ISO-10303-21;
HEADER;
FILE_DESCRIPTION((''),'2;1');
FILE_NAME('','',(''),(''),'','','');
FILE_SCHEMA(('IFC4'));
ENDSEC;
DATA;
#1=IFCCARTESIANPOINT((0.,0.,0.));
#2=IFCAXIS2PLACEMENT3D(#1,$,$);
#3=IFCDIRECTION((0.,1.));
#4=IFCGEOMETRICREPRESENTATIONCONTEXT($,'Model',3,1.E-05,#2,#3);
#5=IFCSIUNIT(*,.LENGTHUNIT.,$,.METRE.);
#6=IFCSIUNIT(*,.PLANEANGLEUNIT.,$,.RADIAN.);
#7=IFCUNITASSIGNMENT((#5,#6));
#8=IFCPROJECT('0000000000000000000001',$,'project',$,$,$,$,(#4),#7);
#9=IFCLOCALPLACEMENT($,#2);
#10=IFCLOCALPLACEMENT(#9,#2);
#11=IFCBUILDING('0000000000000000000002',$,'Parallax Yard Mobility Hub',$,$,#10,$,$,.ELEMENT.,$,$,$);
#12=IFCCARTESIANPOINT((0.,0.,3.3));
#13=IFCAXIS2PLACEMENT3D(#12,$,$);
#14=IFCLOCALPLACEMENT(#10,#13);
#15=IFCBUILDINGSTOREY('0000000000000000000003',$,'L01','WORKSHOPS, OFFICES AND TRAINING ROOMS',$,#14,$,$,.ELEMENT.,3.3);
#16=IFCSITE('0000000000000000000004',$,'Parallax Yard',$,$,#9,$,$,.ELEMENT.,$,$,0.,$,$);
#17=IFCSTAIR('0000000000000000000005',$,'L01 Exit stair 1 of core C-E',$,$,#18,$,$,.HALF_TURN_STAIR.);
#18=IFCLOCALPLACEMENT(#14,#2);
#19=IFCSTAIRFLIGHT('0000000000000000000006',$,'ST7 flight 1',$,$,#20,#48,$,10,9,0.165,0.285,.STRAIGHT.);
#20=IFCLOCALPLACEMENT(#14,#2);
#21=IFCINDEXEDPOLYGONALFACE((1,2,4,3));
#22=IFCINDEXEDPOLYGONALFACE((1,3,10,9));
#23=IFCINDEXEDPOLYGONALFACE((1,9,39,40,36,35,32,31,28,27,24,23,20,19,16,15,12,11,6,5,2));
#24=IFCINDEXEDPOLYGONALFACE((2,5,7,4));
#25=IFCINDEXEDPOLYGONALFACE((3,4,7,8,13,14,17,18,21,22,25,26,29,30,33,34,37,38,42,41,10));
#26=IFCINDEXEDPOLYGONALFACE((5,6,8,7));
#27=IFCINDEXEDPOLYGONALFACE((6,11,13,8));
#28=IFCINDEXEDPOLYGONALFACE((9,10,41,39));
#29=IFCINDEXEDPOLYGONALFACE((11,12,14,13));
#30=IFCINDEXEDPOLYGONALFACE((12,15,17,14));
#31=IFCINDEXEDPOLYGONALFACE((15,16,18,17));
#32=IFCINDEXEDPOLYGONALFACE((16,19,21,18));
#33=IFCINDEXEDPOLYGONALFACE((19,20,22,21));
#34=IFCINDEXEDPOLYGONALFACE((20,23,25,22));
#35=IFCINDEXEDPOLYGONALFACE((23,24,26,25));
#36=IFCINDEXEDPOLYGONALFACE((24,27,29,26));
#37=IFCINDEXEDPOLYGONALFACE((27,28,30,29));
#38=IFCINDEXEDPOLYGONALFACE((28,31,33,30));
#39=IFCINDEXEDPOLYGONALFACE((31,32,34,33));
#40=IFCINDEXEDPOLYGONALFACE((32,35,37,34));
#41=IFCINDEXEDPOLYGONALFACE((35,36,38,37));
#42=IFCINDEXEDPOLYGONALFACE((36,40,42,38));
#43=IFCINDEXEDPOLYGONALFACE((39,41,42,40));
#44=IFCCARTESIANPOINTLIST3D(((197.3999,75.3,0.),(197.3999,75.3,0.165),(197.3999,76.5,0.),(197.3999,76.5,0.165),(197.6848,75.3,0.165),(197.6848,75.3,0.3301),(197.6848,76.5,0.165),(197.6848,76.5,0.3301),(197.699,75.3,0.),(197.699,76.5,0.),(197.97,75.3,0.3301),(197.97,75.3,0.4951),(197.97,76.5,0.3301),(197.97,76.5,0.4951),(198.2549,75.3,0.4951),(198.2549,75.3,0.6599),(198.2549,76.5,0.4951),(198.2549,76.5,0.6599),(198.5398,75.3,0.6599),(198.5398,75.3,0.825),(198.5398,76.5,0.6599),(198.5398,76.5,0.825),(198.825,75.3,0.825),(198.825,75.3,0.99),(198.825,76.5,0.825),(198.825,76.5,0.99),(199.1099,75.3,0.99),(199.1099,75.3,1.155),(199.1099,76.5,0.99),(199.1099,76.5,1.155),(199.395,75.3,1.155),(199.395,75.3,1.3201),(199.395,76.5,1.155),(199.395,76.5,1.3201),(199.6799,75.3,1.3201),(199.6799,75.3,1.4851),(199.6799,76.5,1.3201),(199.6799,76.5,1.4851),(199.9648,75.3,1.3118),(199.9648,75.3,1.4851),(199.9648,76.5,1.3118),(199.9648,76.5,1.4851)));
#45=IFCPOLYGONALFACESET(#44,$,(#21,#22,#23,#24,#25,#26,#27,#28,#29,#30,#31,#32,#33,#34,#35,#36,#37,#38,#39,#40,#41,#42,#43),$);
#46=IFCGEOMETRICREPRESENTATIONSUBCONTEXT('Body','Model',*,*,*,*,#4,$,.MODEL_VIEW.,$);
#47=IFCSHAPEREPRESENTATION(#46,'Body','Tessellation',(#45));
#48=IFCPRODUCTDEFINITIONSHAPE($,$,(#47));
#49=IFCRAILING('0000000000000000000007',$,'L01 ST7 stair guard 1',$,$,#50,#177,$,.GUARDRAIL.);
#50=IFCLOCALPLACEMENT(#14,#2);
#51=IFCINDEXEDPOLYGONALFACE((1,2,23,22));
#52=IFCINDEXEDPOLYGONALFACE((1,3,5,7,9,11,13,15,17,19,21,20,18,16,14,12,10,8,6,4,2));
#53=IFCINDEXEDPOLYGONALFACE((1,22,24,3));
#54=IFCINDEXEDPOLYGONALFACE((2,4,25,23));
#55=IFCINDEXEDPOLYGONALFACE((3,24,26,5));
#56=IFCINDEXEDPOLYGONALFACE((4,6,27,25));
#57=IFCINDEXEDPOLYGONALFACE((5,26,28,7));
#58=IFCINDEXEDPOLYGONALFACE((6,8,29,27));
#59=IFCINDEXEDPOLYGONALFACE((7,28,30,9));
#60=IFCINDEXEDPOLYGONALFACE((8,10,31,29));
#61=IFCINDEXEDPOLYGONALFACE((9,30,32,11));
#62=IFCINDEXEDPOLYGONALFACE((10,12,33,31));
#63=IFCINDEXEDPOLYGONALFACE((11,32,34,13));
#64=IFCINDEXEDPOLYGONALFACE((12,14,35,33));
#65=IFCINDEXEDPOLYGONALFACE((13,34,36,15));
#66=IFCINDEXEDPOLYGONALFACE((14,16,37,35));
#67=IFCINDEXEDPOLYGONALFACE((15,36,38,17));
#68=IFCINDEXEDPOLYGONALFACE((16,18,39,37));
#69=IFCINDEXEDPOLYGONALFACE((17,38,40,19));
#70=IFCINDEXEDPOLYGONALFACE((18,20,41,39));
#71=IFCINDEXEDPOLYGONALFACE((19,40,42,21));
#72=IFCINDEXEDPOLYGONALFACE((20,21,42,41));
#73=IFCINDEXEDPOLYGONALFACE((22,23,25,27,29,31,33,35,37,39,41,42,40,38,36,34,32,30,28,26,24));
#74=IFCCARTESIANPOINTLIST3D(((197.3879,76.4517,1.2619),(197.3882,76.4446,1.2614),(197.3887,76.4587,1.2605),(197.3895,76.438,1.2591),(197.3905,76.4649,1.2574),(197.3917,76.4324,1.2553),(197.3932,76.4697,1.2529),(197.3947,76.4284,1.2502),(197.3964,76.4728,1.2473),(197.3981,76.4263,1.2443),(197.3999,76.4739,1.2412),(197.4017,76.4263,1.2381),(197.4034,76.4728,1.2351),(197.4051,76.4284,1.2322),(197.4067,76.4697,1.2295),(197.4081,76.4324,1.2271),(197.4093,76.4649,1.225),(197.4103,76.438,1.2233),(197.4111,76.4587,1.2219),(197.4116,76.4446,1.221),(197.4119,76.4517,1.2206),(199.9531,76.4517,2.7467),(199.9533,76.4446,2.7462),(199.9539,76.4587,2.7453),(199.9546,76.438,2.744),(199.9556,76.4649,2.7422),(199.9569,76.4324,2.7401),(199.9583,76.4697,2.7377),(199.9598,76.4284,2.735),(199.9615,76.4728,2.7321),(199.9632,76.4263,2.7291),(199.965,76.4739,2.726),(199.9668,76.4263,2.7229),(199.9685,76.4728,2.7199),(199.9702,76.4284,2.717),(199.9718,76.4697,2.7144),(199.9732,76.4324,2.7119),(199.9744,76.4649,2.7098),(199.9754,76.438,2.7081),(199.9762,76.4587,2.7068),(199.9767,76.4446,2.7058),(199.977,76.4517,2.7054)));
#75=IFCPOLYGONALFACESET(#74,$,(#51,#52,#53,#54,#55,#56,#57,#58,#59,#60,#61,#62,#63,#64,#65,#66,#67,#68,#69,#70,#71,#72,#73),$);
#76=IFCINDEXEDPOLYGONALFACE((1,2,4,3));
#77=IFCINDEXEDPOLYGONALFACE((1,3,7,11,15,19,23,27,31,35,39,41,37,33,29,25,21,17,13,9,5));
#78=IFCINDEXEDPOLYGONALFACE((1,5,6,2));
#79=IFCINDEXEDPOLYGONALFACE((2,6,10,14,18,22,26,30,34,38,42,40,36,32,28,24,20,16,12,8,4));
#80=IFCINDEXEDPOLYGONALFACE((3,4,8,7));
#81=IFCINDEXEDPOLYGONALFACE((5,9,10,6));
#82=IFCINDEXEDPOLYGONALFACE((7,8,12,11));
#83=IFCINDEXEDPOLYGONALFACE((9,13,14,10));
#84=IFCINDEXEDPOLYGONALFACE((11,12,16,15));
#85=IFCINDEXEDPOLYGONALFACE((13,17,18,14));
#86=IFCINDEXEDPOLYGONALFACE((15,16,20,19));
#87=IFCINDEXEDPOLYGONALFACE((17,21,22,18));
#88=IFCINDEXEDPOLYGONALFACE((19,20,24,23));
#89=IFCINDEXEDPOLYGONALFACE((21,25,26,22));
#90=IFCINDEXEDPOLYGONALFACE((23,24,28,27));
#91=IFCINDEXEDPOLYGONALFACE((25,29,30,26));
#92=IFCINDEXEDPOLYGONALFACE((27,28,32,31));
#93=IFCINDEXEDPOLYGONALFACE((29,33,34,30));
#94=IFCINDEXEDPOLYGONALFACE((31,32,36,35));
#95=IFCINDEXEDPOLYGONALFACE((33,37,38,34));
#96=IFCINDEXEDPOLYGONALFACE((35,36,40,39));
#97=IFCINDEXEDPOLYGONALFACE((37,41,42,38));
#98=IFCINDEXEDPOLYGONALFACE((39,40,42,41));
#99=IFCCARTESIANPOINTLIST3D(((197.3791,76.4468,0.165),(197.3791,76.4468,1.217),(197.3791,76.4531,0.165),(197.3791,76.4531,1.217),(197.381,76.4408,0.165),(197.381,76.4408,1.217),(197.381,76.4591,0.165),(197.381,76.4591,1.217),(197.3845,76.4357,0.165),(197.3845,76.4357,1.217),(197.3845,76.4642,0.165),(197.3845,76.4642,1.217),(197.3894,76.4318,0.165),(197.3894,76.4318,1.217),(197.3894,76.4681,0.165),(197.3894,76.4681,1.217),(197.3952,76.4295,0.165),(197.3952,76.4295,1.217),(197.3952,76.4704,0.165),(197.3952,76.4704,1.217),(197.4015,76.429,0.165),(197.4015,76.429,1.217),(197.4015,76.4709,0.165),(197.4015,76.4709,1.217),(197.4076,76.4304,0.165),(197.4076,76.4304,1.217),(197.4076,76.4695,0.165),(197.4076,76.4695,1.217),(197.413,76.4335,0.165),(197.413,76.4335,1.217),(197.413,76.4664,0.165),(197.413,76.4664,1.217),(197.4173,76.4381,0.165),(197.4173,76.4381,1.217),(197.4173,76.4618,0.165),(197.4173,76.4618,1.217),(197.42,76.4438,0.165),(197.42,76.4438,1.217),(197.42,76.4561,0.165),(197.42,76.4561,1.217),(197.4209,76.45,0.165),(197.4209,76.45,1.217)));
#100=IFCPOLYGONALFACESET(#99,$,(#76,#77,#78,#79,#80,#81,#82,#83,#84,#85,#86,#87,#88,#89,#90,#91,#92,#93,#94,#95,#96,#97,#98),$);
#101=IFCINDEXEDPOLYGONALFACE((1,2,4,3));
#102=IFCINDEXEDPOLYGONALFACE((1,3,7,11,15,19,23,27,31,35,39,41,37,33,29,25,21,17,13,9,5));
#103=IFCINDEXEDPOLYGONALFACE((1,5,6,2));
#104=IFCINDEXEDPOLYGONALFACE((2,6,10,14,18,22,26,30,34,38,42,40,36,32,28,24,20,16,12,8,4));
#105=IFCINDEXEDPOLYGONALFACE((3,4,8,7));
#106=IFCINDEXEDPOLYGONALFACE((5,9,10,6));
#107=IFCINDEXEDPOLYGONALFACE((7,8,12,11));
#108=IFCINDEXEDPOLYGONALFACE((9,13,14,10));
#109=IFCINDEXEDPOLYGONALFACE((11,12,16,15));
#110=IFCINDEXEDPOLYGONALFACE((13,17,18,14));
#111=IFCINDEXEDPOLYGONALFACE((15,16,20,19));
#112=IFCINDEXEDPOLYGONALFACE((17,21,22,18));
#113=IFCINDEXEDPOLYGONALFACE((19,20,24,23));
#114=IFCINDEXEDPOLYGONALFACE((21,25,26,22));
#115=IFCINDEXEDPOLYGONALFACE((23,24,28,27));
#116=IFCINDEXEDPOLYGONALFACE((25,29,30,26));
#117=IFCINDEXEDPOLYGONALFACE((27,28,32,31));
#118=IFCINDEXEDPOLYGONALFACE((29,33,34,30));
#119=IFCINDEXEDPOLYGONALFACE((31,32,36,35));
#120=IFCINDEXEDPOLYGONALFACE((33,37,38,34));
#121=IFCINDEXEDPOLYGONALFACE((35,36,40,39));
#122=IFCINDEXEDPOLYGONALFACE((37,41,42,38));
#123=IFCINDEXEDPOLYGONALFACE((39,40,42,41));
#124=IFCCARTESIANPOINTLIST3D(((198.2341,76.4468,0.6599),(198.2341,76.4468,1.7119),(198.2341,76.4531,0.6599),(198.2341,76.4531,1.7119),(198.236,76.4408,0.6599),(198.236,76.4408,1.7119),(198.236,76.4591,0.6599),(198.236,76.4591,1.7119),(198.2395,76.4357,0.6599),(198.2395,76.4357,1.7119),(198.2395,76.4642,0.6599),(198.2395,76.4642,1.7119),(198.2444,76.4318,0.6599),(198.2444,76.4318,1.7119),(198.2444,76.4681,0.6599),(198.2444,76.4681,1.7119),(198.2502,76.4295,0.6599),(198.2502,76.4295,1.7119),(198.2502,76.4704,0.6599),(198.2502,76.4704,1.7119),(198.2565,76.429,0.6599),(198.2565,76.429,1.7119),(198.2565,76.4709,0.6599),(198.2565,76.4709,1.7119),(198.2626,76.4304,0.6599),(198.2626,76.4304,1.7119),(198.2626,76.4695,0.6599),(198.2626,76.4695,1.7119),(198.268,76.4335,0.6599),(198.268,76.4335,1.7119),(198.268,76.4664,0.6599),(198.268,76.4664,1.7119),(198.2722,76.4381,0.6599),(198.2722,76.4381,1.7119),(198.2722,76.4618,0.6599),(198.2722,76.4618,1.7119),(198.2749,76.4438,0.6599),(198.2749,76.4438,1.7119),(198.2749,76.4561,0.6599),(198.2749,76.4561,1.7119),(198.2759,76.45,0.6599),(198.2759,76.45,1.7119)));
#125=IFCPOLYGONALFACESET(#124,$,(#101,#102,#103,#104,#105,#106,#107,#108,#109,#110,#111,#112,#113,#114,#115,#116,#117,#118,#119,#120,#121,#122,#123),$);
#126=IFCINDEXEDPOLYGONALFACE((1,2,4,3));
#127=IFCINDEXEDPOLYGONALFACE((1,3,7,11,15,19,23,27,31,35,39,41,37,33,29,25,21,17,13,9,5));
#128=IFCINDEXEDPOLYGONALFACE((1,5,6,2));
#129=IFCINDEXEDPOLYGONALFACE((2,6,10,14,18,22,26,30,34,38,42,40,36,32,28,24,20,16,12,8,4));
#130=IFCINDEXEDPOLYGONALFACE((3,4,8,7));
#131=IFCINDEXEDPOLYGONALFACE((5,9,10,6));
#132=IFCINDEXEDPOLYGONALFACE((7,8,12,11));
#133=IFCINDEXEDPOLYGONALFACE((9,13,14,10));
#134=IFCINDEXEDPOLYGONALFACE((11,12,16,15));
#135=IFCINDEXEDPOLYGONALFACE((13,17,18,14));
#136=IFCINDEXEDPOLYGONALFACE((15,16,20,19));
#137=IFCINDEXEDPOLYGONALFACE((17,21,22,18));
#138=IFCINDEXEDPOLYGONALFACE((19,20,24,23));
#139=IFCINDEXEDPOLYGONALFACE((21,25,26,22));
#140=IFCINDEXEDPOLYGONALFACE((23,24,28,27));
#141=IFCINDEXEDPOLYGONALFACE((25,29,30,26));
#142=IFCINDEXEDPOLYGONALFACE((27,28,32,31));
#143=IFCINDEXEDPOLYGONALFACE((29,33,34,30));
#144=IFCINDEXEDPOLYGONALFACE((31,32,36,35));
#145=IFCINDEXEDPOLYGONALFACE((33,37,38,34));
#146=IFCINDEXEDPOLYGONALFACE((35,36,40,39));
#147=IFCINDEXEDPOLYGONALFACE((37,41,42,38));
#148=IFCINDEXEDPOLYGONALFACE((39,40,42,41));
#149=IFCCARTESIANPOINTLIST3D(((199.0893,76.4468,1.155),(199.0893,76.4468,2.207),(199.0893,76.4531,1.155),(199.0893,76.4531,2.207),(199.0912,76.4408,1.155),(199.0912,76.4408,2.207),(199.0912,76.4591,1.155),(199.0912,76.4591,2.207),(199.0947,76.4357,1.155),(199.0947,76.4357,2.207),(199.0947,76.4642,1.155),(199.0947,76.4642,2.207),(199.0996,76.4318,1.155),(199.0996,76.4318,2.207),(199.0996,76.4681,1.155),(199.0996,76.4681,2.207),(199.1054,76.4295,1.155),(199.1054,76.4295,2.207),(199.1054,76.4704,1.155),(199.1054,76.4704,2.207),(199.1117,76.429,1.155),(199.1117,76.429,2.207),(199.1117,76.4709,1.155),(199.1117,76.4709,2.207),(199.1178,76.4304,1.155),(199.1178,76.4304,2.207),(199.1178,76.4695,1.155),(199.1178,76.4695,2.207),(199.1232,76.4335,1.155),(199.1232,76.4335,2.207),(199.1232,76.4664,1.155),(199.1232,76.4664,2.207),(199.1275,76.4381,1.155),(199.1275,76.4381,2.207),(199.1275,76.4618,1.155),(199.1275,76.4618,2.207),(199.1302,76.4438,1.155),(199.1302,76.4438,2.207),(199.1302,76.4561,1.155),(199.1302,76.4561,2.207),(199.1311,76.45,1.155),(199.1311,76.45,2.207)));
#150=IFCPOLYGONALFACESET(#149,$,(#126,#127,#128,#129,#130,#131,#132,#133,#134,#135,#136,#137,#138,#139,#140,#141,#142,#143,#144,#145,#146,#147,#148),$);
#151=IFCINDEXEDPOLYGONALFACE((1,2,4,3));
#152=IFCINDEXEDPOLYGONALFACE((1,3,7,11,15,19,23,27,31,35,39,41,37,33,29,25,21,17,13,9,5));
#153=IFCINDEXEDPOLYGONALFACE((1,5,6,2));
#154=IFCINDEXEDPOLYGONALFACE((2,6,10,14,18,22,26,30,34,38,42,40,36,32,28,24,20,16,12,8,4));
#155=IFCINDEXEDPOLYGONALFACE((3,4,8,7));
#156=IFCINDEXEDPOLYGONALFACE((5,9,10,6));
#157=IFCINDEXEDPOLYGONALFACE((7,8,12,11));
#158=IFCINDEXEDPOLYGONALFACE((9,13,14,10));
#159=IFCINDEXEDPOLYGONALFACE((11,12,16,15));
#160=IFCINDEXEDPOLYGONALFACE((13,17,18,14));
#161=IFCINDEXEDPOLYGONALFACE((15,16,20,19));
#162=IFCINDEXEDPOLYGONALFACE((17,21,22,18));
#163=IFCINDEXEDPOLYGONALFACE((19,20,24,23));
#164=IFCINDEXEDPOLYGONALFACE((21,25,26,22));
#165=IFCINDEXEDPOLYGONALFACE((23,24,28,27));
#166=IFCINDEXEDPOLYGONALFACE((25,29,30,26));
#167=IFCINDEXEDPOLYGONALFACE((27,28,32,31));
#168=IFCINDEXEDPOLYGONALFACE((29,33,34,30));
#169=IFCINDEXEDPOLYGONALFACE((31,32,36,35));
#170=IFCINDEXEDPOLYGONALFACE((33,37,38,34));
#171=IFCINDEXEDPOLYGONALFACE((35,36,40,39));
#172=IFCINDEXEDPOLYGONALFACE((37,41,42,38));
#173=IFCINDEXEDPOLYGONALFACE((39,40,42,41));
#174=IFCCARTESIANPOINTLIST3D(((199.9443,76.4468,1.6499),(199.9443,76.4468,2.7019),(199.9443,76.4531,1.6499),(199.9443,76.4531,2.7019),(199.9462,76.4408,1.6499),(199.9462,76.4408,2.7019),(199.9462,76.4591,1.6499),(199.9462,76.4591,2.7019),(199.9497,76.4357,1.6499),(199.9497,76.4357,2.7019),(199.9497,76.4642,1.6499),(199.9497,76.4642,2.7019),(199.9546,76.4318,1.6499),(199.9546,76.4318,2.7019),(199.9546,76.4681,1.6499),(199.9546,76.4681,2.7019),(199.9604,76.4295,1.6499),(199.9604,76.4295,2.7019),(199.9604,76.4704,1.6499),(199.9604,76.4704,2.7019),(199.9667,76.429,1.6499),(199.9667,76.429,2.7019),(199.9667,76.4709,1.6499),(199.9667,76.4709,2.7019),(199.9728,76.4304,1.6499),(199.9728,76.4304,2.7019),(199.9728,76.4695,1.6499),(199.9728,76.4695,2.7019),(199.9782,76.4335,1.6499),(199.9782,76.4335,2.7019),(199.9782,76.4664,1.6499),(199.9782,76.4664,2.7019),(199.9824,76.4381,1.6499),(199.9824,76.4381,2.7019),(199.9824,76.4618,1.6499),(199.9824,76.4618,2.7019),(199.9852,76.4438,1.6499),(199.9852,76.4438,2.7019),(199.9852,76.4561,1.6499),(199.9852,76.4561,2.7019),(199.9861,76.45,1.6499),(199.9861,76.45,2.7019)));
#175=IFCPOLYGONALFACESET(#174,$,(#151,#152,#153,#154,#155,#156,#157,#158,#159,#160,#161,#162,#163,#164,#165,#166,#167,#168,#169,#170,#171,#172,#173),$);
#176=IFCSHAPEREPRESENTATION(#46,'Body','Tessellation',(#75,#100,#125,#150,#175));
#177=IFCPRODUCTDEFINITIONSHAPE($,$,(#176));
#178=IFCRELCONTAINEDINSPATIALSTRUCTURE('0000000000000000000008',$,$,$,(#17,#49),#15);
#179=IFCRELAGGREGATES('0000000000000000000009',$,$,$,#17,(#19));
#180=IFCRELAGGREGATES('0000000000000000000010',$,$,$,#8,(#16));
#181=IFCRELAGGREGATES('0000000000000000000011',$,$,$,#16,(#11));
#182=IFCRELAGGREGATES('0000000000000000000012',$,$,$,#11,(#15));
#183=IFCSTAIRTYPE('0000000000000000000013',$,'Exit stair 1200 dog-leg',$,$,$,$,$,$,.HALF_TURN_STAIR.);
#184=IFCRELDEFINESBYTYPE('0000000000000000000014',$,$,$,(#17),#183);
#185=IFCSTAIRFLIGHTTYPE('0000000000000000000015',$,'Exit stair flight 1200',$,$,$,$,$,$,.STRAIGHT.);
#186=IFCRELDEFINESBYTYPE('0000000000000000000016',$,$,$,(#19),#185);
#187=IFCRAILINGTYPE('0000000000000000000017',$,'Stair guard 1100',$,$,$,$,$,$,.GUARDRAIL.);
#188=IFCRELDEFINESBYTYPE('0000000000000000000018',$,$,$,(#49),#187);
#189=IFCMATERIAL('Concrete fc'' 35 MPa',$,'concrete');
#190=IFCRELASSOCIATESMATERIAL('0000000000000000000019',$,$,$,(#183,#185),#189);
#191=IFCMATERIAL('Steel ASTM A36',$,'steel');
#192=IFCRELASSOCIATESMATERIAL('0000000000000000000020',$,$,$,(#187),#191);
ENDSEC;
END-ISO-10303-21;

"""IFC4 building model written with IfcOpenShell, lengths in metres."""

from ifc_helpers import new_model, si_unit, direction, frame, origin, origin_2d, place, context, subcontext, project, spatial, polyline, circle, outline, extrude, material, type_object, element, aggregate, save


model = new_model("IFC4")

# Units and contexts
model_context = context("Model", 3, precision=1e-05, world=origin(), true_north=direction((0.0, 1.0)))
body_context = subcontext(model_context, "Body", "Model", "MODEL_VIEW")
ifc_project = project(units=[si_unit("LENGTHUNIT", "METRE"), si_unit("PLANEANGLEUNIT", "RADIAN")], contexts=[model_context])

# Site, building, storey
site_placement = place(None, origin())
site = spatial("IfcSite", under=ifc_project, at=site_placement, Name="Parallax Yard", CompositionType="ELEMENT", RefElevation=0.0)
building_placement = place(site_placement, origin())
building = spatial("IfcBuilding", under=site, at=building_placement, Name="Parallax Yard Mobility Hub", CompositionType="ELEMENT")
storey_placement = place(building_placement, frame((0.0, 0.0, 3.3)))
storey = spatial("IfcBuildingStorey", under=building, at=storey_placement, Name="L01", Description="WORKSHOPS, OFFICES AND TRAINING ROOMS", CompositionType="ELEMENT", Elevation=3.3)

# Shared definitions
ifc_material_1 = material(Name="Concrete fc' 35 MPa", Category="concrete")

# Stair, stair flight
stair_type = type_object("IfcStairType", Name="Exit stair 1200 dog-leg", PredefinedType="HALF_TURN_STAIR", material=ifc_material_1)
stair_placement = place(storey_placement, origin())
stair = element("IfcStair", 1, at=stair_placement, inside=storey, type_object=stair_type, Name="L01 Exit stair 1 of core C-E", PredefinedType="HALF_TURN_STAIR")
stair_flight_type = type_object("IfcStairFlightType", Name="Exit stair flight 1200", PredefinedType="STRAIGHT", material=ifc_material_1)
stair_flight_placement = place(storey_placement, frame((197.3999, 75.8999, 0.0), z_axis=(0.0, 0.0, 1.0), x_axis=(1.0, 0.0, 0.0)))
stair_flight = element("IfcStairFlight", 2, at=stair_flight_placement, type_object=stair_flight_type, Name="ST7 flight 1", NumberOfRisers=10, NumberOfTreads=9, PredefinedType="STRAIGHT", RiserHeight=0.165, TreadLength=0.285, context=body_context, shape_type="SweptSolid", body=[
    extrude(outline(polyline([(0.0, 0.0), (0.0, 0.165), (0.2849, 0.165), (0.2849, 0.3301), (0.5701, 0.3301), (0.5701, 0.4951), (0.855, 0.4951), (0.855, 0.6599), (1.1399, 0.6599), (1.1399, 0.825), (1.425, 0.825), (1.425, 0.99), (1.71, 0.99), (1.71, 1.155), (1.9951, 1.155), (1.9951, 1.3201), (2.28, 1.3201), (2.28, 1.4851), (2.5649, 1.4851), (2.5649, 1.6499), (2.5649, 1.3118), (0.2991, 0.0), (0.0, 0.0)])), frame((0.0, 0.6001, 0.0), z_axis=(0.0, -1.0, 0.0), x_axis=(1.0, 0.0, 0.0)), (0.0, 0.0, 1.0), 1.2),
])
aggregate(stair, [stair_flight])

# Railing
ifc_material_2 = material(Name="Steel ASTM A36", Category="steel")
railing_type_1 = type_object("IfcRailingType", Name="Stair guard 1100", PredefinedType="GUARDRAIL", material=ifc_material_2)
railing_1_placement = place(storey_placement, frame((197.3999, 76.45, 0.165)))
element("IfcRailing", 3, at=railing_1_placement, inside=storey, type_object=railing_type_1, Name="L01 ST7 stair guard 1", PredefinedType="GUARDRAIL", context=body_context, shape_type="SweptSolid", body=[
    extrude(circle(Radius=0.0239, at=origin_2d()), frame((0.0, 0.0, 1.0762), z_axis=(0.865462, 0.0, 0.500975), x_axis=(0.0, 1.0, 0.0)), (0.0, 0.0, 1.0), 2.9639),
    extrude(circle(Radius=0.021, at=origin_2d()), origin(), (0.0, 0.0, 1.0), 1.052),
    extrude(circle(Radius=0.021, at=origin_2d()), frame((0.855, 0.0, 0.4949)), (0.0, 0.0, 1.0), 1.052),
    extrude(circle(Radius=0.021, at=origin_2d()), frame((1.7102, 0.0, 0.99)), (0.0, 0.0, 1.0), 1.052),
    extrude(circle(Radius=0.021, at=origin_2d()), frame((2.5652, 0.0, 1.4849)), (0.0, 0.0, 1.0), 1.052),
])

save(model, "model.ifc")
